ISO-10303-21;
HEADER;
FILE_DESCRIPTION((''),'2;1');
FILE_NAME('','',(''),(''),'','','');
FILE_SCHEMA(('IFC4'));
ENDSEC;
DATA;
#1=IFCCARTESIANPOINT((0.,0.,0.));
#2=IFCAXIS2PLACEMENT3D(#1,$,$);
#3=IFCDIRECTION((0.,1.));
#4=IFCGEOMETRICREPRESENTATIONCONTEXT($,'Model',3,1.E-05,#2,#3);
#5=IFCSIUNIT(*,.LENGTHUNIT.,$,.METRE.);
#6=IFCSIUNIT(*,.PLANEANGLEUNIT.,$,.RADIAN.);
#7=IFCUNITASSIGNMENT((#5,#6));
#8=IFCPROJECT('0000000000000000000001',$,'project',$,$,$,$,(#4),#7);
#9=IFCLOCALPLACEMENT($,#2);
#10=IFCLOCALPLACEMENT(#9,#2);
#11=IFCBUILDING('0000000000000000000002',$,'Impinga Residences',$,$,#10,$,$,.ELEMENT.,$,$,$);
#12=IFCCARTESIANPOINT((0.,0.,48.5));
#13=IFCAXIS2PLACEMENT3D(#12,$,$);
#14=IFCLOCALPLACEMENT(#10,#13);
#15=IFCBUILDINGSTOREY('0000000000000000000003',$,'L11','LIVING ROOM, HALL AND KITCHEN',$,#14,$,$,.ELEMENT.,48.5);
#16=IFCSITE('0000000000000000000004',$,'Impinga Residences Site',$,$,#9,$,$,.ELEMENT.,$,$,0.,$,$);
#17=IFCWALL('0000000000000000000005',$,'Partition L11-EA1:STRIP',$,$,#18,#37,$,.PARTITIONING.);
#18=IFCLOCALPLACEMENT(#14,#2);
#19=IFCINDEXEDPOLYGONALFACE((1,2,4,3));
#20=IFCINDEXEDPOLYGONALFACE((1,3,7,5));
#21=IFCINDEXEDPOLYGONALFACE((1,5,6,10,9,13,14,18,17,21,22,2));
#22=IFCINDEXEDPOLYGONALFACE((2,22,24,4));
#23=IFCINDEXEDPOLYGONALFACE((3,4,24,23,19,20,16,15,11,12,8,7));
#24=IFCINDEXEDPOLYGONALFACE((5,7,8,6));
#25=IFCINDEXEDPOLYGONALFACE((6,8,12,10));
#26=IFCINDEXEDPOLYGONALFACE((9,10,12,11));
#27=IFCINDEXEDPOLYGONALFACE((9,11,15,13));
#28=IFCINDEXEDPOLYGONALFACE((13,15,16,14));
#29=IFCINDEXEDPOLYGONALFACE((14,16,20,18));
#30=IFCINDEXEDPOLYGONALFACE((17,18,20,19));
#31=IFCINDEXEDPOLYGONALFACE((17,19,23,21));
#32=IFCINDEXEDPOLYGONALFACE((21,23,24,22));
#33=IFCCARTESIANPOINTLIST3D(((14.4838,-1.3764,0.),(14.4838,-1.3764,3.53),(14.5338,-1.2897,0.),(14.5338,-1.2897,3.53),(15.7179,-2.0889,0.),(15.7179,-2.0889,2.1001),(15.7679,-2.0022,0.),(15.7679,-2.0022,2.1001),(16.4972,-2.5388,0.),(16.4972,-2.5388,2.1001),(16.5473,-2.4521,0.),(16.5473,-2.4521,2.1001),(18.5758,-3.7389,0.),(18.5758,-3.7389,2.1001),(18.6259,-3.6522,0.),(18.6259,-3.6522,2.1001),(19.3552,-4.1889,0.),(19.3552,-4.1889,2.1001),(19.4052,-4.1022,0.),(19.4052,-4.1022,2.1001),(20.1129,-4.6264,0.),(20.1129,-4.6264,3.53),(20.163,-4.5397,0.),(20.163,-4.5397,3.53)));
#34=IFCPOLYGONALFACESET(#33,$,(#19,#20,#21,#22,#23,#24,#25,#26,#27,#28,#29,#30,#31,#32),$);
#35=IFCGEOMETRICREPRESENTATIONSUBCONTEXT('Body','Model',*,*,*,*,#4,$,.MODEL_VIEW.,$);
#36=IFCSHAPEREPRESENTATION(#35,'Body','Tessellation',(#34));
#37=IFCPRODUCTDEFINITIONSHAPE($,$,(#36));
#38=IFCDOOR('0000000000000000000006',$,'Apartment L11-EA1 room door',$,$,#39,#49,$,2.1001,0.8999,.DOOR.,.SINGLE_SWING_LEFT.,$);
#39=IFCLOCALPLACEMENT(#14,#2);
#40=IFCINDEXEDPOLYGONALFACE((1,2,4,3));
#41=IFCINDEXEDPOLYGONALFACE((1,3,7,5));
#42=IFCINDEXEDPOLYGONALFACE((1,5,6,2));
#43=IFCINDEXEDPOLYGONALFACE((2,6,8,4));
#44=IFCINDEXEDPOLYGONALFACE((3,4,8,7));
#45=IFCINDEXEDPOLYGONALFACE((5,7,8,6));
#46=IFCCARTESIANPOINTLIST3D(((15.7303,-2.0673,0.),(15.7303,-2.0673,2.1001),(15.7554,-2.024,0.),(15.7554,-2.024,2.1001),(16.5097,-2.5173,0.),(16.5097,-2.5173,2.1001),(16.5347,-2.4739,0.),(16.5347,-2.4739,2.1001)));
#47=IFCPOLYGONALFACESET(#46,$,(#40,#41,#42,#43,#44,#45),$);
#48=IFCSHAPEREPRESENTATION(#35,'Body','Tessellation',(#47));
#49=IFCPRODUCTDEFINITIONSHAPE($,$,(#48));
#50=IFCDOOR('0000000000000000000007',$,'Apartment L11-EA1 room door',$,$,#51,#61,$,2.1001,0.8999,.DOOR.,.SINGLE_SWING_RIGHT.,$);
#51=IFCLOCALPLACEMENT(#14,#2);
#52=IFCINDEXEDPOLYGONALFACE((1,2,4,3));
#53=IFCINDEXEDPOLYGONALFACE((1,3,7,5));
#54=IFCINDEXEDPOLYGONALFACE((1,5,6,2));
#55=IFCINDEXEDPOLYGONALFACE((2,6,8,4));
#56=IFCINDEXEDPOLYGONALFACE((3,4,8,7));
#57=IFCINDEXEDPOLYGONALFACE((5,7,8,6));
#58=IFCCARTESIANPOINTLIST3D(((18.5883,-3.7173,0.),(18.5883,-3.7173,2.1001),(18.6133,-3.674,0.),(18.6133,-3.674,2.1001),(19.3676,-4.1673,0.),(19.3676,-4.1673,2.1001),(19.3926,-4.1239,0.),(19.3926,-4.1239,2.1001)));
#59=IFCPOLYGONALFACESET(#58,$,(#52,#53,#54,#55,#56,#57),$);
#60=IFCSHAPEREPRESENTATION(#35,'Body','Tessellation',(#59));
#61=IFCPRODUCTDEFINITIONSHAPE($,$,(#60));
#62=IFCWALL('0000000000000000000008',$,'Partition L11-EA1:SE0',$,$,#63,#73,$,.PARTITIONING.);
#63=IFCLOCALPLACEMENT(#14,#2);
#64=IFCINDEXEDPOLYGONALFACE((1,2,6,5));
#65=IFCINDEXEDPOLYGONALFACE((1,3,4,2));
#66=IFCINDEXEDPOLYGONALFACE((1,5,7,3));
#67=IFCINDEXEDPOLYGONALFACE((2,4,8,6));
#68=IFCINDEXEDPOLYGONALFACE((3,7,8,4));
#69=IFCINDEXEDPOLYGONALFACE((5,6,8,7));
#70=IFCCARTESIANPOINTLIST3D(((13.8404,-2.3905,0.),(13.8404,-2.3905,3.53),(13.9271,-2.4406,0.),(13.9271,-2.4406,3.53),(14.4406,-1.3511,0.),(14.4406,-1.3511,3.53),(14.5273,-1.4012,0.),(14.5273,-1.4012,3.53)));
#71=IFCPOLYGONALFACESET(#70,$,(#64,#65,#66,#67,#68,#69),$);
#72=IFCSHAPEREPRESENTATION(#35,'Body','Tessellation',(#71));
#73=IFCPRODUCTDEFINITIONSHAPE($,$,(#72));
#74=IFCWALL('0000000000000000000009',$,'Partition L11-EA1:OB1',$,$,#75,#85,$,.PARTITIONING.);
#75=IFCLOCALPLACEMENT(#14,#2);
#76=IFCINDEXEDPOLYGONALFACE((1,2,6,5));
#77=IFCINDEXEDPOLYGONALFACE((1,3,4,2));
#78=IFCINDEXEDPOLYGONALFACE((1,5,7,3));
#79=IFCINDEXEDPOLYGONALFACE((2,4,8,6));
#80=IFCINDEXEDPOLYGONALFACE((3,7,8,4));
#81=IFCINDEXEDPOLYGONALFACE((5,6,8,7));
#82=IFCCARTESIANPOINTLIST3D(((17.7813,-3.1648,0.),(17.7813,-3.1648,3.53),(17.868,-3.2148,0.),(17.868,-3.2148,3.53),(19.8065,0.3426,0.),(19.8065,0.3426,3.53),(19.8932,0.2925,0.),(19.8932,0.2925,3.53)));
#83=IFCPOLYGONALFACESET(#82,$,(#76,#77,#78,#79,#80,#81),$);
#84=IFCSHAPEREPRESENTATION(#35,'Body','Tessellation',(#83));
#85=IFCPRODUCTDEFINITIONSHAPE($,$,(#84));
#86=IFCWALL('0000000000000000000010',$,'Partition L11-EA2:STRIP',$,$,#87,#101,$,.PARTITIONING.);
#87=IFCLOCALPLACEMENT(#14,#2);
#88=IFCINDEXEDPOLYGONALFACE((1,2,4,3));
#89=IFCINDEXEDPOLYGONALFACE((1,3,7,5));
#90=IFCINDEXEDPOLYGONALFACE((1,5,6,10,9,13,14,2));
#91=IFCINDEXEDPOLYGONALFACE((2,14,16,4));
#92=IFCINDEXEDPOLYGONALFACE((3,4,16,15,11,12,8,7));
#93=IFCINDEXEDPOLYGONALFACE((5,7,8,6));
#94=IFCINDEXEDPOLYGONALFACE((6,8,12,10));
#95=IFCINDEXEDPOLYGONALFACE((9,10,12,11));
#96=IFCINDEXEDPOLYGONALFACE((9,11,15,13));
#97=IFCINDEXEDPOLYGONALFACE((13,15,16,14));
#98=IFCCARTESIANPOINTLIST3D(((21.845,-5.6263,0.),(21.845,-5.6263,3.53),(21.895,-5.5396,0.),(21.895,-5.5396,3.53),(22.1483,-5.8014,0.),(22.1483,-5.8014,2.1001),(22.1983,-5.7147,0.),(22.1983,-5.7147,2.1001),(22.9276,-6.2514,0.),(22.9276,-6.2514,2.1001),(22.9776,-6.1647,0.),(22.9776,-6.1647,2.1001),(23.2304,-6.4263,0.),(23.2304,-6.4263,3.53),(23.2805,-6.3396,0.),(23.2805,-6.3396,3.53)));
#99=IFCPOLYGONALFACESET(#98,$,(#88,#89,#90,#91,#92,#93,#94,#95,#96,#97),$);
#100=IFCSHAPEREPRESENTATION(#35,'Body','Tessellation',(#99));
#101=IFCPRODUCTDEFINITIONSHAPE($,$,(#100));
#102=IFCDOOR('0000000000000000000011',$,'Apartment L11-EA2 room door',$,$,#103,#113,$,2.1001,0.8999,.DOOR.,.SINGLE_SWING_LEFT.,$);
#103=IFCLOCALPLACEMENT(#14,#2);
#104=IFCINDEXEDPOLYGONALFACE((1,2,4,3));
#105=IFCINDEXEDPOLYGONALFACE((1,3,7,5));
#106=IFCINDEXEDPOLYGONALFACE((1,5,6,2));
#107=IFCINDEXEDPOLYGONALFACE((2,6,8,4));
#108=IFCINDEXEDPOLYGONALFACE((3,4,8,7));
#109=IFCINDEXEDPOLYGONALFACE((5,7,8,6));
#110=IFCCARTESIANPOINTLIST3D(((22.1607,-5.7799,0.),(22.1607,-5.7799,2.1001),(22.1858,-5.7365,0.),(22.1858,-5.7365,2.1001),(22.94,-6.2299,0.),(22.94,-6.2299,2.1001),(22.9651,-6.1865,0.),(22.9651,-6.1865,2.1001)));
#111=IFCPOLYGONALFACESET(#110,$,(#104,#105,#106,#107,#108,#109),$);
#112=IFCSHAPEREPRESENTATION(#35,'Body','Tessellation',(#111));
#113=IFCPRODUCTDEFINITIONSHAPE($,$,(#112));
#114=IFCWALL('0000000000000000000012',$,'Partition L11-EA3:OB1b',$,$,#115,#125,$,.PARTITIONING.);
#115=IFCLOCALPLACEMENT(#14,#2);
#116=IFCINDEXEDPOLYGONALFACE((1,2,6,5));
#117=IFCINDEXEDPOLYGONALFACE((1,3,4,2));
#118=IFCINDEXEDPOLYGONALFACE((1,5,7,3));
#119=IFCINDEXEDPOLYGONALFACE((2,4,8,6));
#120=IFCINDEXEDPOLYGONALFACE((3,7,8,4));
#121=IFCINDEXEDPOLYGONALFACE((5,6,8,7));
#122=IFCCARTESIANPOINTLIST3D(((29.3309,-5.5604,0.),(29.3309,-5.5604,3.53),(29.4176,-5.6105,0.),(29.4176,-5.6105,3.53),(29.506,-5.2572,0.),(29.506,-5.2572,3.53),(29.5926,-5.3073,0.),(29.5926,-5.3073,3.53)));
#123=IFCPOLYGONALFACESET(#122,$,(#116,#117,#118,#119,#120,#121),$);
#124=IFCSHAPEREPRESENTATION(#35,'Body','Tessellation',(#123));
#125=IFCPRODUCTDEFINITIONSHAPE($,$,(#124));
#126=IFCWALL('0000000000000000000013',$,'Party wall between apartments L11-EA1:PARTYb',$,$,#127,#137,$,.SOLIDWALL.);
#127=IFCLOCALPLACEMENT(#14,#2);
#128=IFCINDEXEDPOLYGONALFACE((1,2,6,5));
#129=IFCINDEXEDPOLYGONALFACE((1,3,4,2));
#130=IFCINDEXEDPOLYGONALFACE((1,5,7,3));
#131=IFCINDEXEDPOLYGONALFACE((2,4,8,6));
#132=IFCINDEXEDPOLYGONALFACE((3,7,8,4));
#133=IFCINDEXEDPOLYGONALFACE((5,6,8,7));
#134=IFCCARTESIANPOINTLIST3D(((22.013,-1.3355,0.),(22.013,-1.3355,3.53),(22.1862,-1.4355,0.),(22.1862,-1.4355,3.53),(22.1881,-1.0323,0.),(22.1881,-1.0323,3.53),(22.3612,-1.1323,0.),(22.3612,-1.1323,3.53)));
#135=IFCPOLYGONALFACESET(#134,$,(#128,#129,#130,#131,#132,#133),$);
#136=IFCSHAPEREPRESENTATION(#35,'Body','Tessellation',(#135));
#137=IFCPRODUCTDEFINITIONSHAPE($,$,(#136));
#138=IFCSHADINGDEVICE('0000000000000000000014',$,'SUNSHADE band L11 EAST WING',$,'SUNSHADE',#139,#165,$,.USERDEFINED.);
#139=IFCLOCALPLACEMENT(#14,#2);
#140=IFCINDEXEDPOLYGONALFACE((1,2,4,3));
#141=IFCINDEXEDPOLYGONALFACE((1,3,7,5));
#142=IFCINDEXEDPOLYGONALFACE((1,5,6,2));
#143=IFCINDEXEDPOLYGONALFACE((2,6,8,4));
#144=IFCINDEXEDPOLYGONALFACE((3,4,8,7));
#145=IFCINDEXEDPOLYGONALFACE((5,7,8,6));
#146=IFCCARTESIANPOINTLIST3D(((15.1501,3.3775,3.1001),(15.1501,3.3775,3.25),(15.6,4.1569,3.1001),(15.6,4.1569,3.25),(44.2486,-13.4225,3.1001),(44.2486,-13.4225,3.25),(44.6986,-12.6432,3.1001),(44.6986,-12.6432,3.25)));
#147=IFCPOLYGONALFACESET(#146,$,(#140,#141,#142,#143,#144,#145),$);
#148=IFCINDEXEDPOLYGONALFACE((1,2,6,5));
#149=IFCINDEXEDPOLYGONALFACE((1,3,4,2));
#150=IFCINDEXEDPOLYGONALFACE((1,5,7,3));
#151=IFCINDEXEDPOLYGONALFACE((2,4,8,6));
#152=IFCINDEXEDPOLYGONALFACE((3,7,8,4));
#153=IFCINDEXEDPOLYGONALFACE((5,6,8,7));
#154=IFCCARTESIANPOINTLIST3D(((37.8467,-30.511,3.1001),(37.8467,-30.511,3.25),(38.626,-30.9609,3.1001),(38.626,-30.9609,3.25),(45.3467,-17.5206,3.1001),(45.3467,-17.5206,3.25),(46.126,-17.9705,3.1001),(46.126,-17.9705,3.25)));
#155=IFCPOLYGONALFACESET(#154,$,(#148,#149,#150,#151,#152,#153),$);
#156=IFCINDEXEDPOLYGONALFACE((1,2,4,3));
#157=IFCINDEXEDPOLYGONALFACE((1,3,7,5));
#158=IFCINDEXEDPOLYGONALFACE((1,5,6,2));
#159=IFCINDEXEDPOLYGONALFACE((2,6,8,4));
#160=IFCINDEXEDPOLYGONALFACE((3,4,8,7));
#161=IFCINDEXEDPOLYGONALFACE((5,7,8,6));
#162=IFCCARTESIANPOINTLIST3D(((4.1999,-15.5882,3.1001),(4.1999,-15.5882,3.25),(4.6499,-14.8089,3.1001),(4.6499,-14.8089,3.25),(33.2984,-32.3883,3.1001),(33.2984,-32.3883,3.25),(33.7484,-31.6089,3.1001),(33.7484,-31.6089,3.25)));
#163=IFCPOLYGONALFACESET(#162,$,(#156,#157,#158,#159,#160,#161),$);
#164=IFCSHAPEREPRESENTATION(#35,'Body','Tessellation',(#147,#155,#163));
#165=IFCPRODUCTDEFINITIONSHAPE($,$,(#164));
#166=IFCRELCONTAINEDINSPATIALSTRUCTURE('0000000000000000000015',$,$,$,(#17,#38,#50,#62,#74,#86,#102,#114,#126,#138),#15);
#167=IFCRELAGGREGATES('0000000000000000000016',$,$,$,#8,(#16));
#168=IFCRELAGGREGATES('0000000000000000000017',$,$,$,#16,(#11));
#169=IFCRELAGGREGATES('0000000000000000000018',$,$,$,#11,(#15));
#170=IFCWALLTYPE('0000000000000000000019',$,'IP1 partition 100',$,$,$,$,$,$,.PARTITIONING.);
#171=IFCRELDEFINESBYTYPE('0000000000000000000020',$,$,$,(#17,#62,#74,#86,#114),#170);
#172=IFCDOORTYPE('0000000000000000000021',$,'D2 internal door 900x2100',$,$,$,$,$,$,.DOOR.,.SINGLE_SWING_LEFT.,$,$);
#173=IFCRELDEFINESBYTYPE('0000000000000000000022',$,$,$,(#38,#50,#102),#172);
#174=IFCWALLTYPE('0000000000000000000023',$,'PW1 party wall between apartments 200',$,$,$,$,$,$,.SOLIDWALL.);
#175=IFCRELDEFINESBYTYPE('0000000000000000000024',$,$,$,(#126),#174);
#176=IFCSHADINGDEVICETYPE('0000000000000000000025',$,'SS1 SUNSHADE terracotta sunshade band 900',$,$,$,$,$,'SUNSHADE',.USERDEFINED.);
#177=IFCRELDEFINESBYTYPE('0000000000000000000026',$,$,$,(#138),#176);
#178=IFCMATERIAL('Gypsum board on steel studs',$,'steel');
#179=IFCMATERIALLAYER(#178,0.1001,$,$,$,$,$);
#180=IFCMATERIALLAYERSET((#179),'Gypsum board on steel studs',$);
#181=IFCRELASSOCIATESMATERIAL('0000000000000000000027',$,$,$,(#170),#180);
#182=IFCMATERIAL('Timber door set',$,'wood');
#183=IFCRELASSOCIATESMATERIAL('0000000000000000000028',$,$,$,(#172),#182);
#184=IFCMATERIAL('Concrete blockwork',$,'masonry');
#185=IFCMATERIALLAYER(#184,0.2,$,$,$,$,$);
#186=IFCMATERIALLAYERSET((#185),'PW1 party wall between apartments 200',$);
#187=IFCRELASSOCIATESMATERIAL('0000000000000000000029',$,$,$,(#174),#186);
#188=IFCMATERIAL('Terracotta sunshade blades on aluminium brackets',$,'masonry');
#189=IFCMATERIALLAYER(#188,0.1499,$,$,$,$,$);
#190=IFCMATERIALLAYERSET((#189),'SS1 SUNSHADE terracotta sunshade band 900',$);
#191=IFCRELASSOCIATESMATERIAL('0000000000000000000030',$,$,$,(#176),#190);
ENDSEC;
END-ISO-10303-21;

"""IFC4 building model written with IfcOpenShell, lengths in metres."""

from ifc_helpers import new_model, si_unit, direction, frame, frame_2d, origin, origin_2d, place, context, subcontext, project, spatial, rectangle, extrude, material, layer, layer_set, type_object, element, fill, save


model = new_model("IFC4")

# Units and contexts
model_context = context("Model", 3, precision=1e-05, world=origin(), true_north=direction((0.0, 1.0)))
body_context = subcontext(model_context, "Body", "Model", "MODEL_VIEW")
ifc_project = project(units=[si_unit("LENGTHUNIT", "METRE"), si_unit("PLANEANGLEUNIT", "RADIAN")], contexts=[model_context])

# Site, building, storey
site_placement = place(None, origin())
site = spatial("IfcSite", under=ifc_project, at=site_placement, Name="Impinga Residences Site", CompositionType="ELEMENT", RefElevation=0.0)
building_placement = place(site_placement, origin())
building = spatial("IfcBuilding", under=site, at=building_placement, Name="Impinga Residences", CompositionType="ELEMENT")
storey_placement = place(building_placement, frame((0.0, 0.0, 48.5)))
storey = spatial("IfcBuildingStorey", under=building, at=storey_placement, Name="L11", Description="LIVING ROOM, HALL AND KITCHEN", CompositionType="ELEMENT", Elevation=48.5)

# Shared definitions
ifc_material_1 = material(Name="Gypsum board on steel studs", Category="steel")
ifc_layer_1 = layer(ifc_material_1, 0.1001)
ifc_layer_set_1 = layer_set([ifc_layer_1], Name="Gypsum board on steel studs")
wall_type_1 = type_object("IfcWallType", Name="IP1 partition 100", PredefinedType="PARTITIONING", material=ifc_layer_set_1)

# Wall, openings, doors
wall_1_placement = place(storey_placement, frame((14.5088, -1.333, 0.0), z_axis=(0.0, 0.0, 1.0), x_axis=(0.866025, -0.500001, 0.0)))
wall_1 = element("IfcWall", 1, at=wall_1_placement, inside=storey, type_object=wall_type_1, Name="Partition L11-EA1:STRIP", PredefinedType="PARTITIONING", context=body_context, shape_type="SweptSolid", body=[
    extrude(rectangle(XDim=6.5, YDim=0.1001, at=frame_2d((3.25, 0.0))), origin(), (0.0, 0.0, 1.0), 3.53),
])
opening_1_placement = place(wall_1_placement, frame((1.425, 0.0, 0.0)))
opening_1 = element("IfcOpeningElement", 2, at=opening_1_placement, cuts=wall_1, PredefinedType="OPENING", context=body_context, shape_type="SweptSolid", body=[
    extrude(rectangle(XDim=0.8999, YDim=2.1001, at=frame_2d((0.45, 1.05))), frame((0.0, 0.0601, 0.0), z_axis=(0.0, -1.0, 0.0), x_axis=(1.0, 0.0, 0.0)), (0.0, 0.0, 1.0), 0.1201),
])
opening_2_placement = place(wall_1_placement, frame((4.7251, 0.0, 0.0)))
opening_2 = element("IfcOpeningElement", 3, at=opening_2_placement, cuts=wall_1, PredefinedType="OPENING", context=body_context, shape_type="SweptSolid", body=[
    extrude(rectangle(XDim=0.8999, YDim=2.1001, at=frame_2d((0.45, 1.05))), frame((0.0, 0.0601, 0.0), z_axis=(0.0, -1.0, 0.0), x_axis=(1.0, 0.0, 0.0)), (0.0, 0.0, 1.0), 0.1201),
])
ifc_material_2 = material(Name="Timber door set", Category="wood")
door_type = type_object("IfcDoorType", Name="D2 internal door 900x2100", OperationType="SINGLE_SWING_LEFT", PredefinedType="DOOR", material=ifc_material_2)
door_1_placement = place(opening_1_placement, origin())
door_1 = element("IfcDoor", 4, at=door_1_placement, inside=storey, type_object=door_type, Name="Apartment L11-EA1 room door", OperationType="SINGLE_SWING_LEFT", OverallHeight=2.1001, OverallWidth=0.8999, PredefinedType="DOOR", context=body_context, shape_type="SweptSolid", body=[
    extrude(rectangle(XDim=0.8999, YDim=2.1001, at=frame_2d((0.45, 1.05))), frame((0.0, 0.0249, 0.0), z_axis=(0.0, -1.0, 0.0), x_axis=(1.0, 0.0, 0.0)), (0.0, 0.0, 1.0), 0.05),
])
fill(opening_1, door_1)
door_2_placement = place(opening_2_placement, origin())
door_2 = element("IfcDoor", 5, at=door_2_placement, inside=storey, type_object=door_type, Name="Apartment L11-EA1 room door", OperationType="SINGLE_SWING_RIGHT", OverallHeight=2.1001, OverallWidth=0.8999, PredefinedType="DOOR", context=body_context, shape_type="SweptSolid", body=[
    extrude(rectangle(XDim=0.8999, YDim=2.1001, at=frame_2d((0.45, 1.05))), frame((0.0, 0.0249, 0.0), z_axis=(0.0, -1.0, 0.0), x_axis=(1.0, 0.0, 0.0)), (0.0, 0.0, 1.0), 0.05),
])
fill(opening_2, door_2)

# Walls
wall_2_placement = place(storey_placement, frame((13.8838, -2.4155, 0.0), z_axis=(0.0, 0.0, 1.0), x_axis=(0.500034, 0.866006, 0.0)))
element("IfcWall", 6, at=wall_2_placement, inside=storey, type_object=wall_type_1, Name="Partition L11-EA1:SE0", PredefinedType="PARTITIONING", context=body_context, shape_type="SweptSolid", body=[
    extrude(rectangle(XDim=1.2002, YDim=0.1001, at=frame_2d((0.6001, 0.0))), origin(), (0.0, 0.0, 1.0), 3.53),
])
wall_3_placement = place(storey_placement, frame((17.8247, -3.1897, 0.0), z_axis=(0.0, 0.0, 1.0), x_axis=(0.500036, 0.866005, 0.0)))
element("IfcWall", 7, at=wall_3_placement, inside=storey, type_object=wall_type_1, Name="Partition L11-EA1:OB1", PredefinedType="PARTITIONING", context=body_context, shape_type="SweptSolid", body=[
    extrude(rectangle(XDim=4.05, YDim=0.1001, at=frame_2d((2.0249, 0.0))), origin(), (0.0, 0.0, 1.0), 3.53),
])

# Wall, opening, door
wall_4_placement = place(storey_placement, frame((21.8701, -5.583, 0.0), z_axis=(0.0, 0.0, 1.0), x_axis=(0.86599, -0.500061, 0.0)))
wall_4 = element("IfcWall", 8, at=wall_4_placement, inside=storey, type_object=wall_type_1, Name="Partition L11-EA2:STRIP", PredefinedType="PARTITIONING", context=body_context, shape_type="SweptSolid", body=[
    extrude(rectangle(XDim=1.5999, YDim=0.1001, at=frame_2d((0.7998, 0.0))), origin(), (0.0, 0.0, 1.0), 3.53),
])
opening_3_placement = place(wall_4_placement, frame((0.3501, 0.0, 0.0)))
opening_3 = element("IfcOpeningElement", 9, at=opening_3_placement, cuts=wall_4, PredefinedType="OPENING", context=body_context, shape_type="SweptSolid", body=[
    extrude(rectangle(XDim=0.8999, YDim=2.1001, at=frame_2d((0.45, 1.05))), frame((0.0, 0.0601, 0.0), z_axis=(0.0, -1.0, 0.0), x_axis=(1.0, 0.0, 0.0)), (0.0, 0.0, 1.0), 0.1201),
])
door_3_placement = place(opening_3_placement, origin())
door_3 = element("IfcDoor", 10, at=door_3_placement, inside=storey, type_object=door_type, Name="Apartment L11-EA2 room door", OperationType="SINGLE_SWING_LEFT", OverallHeight=2.1001, OverallWidth=0.8999, PredefinedType="DOOR", context=body_context, shape_type="SweptSolid", body=[
    extrude(rectangle(XDim=0.8999, YDim=2.1001, at=frame_2d((0.45, 1.05))), frame((0.0, 0.0249, 0.0), z_axis=(0.0, -1.0, 0.0), x_axis=(1.0, 0.0, 0.0)), (0.0, 0.0, 1.0), 0.05),
])
fill(opening_3, door_3)

# Walls
wall_5_placement = place(storey_placement, frame((29.3743, -5.5854, 0.0), z_axis=(0.0, 0.0, 1.0), x_axis=(0.499964, 0.866046, 0.0)))
element("IfcWall", 11, at=wall_5_placement, inside=storey, type_object=wall_type_1, Name="Partition L11-EA3:OB1b", PredefinedType="PARTITIONING", context=body_context, shape_type="SweptSolid", body=[
    extrude(rectangle(XDim=0.3501, YDim=0.1001, at=frame_2d((0.175, 0.0))), origin(), (0.0, 0.0, 1.0), 3.53),
])
ifc_material_3 = material(Name="Concrete blockwork", Category="masonry")
ifc_layer_2 = layer(ifc_material_3, 0.2)
ifc_layer_set_2 = layer_set([ifc_layer_2], Name="PW1 party wall between apartments 200")
wall_type_2 = type_object("IfcWallType", Name="PW1 party wall between apartments 200", PredefinedType="SOLIDWALL", material=ifc_layer_set_2)
wall_6_placement = place(storey_placement, frame((22.0996, -1.3855, 0.0), z_axis=(0.0, 0.0, 1.0), x_axis=(0.499964, 0.866046, 0.0)))
element("IfcWall", 12, at=wall_6_placement, inside=storey, type_object=wall_type_2, Name="Party wall between apartments L11-EA1:PARTYb", PredefinedType="SOLIDWALL", context=body_context, shape_type="SweptSolid", body=[
    extrude(rectangle(XDim=0.3501, YDim=0.2, at=frame_2d((0.175, 0.0))), origin(), (0.0, 0.0, 1.0), 3.53),
])

# Shading device
ifc_material_4 = material(Name="Terracotta sunshade blades on aluminium brackets", Category="masonry")
ifc_layer_3 = layer(ifc_material_4, 0.1499)
ifc_layer_set_3 = layer_set([ifc_layer_3], Name="SS1 SUNSHADE terracotta sunshade band 900")
shading_device_type = type_object("IfcShadingDeviceType", Name="SS1 SUNSHADE terracotta sunshade band 900", ElementType="SUNSHADE", PredefinedType="USERDEFINED", material=ifc_layer_set_3)
shading_device_placement = place(storey_placement, frame((29.9243, -4.6328, 3.1001), z_axis=(0.0, 0.0, 1.0), x_axis=(0.866025, -0.5, 0.0)))
element("IfcShadingDevice", 13, at=shading_device_placement, inside=storey, type_object=shading_device_type, Name="SUNSHADE band L11 EAST WING", ObjectType="SUNSHADE", PredefinedType="USERDEFINED", context=body_context, shape_type="SweptSolid", body=[
    extrude(rectangle(XDim=33.6001, YDim=0.8999, at=origin_2d()), origin(), (0.0, 0.0, 1.0), 0.1499),
    extrude(rectangle(XDim=15.0, YDim=0.8999, at=origin_2d()), frame((20.25, -10.95, 0.0), z_axis=(0.0, 0.0, 1.0), x_axis=(0.0, -1.0, 0.0)), (0.0, 0.0, 1.0), 0.1499),
    extrude(rectangle(XDim=33.6001, YDim=0.8999, at=origin_2d()), frame((-0.0002, -21.8999, 0.0), z_axis=(0.0, 0.0, 1.0), x_axis=(-1.0, 0.0, 0.0)), (0.0, 0.0, 1.0), 0.1499),
])

save(model, "model.ifc")
